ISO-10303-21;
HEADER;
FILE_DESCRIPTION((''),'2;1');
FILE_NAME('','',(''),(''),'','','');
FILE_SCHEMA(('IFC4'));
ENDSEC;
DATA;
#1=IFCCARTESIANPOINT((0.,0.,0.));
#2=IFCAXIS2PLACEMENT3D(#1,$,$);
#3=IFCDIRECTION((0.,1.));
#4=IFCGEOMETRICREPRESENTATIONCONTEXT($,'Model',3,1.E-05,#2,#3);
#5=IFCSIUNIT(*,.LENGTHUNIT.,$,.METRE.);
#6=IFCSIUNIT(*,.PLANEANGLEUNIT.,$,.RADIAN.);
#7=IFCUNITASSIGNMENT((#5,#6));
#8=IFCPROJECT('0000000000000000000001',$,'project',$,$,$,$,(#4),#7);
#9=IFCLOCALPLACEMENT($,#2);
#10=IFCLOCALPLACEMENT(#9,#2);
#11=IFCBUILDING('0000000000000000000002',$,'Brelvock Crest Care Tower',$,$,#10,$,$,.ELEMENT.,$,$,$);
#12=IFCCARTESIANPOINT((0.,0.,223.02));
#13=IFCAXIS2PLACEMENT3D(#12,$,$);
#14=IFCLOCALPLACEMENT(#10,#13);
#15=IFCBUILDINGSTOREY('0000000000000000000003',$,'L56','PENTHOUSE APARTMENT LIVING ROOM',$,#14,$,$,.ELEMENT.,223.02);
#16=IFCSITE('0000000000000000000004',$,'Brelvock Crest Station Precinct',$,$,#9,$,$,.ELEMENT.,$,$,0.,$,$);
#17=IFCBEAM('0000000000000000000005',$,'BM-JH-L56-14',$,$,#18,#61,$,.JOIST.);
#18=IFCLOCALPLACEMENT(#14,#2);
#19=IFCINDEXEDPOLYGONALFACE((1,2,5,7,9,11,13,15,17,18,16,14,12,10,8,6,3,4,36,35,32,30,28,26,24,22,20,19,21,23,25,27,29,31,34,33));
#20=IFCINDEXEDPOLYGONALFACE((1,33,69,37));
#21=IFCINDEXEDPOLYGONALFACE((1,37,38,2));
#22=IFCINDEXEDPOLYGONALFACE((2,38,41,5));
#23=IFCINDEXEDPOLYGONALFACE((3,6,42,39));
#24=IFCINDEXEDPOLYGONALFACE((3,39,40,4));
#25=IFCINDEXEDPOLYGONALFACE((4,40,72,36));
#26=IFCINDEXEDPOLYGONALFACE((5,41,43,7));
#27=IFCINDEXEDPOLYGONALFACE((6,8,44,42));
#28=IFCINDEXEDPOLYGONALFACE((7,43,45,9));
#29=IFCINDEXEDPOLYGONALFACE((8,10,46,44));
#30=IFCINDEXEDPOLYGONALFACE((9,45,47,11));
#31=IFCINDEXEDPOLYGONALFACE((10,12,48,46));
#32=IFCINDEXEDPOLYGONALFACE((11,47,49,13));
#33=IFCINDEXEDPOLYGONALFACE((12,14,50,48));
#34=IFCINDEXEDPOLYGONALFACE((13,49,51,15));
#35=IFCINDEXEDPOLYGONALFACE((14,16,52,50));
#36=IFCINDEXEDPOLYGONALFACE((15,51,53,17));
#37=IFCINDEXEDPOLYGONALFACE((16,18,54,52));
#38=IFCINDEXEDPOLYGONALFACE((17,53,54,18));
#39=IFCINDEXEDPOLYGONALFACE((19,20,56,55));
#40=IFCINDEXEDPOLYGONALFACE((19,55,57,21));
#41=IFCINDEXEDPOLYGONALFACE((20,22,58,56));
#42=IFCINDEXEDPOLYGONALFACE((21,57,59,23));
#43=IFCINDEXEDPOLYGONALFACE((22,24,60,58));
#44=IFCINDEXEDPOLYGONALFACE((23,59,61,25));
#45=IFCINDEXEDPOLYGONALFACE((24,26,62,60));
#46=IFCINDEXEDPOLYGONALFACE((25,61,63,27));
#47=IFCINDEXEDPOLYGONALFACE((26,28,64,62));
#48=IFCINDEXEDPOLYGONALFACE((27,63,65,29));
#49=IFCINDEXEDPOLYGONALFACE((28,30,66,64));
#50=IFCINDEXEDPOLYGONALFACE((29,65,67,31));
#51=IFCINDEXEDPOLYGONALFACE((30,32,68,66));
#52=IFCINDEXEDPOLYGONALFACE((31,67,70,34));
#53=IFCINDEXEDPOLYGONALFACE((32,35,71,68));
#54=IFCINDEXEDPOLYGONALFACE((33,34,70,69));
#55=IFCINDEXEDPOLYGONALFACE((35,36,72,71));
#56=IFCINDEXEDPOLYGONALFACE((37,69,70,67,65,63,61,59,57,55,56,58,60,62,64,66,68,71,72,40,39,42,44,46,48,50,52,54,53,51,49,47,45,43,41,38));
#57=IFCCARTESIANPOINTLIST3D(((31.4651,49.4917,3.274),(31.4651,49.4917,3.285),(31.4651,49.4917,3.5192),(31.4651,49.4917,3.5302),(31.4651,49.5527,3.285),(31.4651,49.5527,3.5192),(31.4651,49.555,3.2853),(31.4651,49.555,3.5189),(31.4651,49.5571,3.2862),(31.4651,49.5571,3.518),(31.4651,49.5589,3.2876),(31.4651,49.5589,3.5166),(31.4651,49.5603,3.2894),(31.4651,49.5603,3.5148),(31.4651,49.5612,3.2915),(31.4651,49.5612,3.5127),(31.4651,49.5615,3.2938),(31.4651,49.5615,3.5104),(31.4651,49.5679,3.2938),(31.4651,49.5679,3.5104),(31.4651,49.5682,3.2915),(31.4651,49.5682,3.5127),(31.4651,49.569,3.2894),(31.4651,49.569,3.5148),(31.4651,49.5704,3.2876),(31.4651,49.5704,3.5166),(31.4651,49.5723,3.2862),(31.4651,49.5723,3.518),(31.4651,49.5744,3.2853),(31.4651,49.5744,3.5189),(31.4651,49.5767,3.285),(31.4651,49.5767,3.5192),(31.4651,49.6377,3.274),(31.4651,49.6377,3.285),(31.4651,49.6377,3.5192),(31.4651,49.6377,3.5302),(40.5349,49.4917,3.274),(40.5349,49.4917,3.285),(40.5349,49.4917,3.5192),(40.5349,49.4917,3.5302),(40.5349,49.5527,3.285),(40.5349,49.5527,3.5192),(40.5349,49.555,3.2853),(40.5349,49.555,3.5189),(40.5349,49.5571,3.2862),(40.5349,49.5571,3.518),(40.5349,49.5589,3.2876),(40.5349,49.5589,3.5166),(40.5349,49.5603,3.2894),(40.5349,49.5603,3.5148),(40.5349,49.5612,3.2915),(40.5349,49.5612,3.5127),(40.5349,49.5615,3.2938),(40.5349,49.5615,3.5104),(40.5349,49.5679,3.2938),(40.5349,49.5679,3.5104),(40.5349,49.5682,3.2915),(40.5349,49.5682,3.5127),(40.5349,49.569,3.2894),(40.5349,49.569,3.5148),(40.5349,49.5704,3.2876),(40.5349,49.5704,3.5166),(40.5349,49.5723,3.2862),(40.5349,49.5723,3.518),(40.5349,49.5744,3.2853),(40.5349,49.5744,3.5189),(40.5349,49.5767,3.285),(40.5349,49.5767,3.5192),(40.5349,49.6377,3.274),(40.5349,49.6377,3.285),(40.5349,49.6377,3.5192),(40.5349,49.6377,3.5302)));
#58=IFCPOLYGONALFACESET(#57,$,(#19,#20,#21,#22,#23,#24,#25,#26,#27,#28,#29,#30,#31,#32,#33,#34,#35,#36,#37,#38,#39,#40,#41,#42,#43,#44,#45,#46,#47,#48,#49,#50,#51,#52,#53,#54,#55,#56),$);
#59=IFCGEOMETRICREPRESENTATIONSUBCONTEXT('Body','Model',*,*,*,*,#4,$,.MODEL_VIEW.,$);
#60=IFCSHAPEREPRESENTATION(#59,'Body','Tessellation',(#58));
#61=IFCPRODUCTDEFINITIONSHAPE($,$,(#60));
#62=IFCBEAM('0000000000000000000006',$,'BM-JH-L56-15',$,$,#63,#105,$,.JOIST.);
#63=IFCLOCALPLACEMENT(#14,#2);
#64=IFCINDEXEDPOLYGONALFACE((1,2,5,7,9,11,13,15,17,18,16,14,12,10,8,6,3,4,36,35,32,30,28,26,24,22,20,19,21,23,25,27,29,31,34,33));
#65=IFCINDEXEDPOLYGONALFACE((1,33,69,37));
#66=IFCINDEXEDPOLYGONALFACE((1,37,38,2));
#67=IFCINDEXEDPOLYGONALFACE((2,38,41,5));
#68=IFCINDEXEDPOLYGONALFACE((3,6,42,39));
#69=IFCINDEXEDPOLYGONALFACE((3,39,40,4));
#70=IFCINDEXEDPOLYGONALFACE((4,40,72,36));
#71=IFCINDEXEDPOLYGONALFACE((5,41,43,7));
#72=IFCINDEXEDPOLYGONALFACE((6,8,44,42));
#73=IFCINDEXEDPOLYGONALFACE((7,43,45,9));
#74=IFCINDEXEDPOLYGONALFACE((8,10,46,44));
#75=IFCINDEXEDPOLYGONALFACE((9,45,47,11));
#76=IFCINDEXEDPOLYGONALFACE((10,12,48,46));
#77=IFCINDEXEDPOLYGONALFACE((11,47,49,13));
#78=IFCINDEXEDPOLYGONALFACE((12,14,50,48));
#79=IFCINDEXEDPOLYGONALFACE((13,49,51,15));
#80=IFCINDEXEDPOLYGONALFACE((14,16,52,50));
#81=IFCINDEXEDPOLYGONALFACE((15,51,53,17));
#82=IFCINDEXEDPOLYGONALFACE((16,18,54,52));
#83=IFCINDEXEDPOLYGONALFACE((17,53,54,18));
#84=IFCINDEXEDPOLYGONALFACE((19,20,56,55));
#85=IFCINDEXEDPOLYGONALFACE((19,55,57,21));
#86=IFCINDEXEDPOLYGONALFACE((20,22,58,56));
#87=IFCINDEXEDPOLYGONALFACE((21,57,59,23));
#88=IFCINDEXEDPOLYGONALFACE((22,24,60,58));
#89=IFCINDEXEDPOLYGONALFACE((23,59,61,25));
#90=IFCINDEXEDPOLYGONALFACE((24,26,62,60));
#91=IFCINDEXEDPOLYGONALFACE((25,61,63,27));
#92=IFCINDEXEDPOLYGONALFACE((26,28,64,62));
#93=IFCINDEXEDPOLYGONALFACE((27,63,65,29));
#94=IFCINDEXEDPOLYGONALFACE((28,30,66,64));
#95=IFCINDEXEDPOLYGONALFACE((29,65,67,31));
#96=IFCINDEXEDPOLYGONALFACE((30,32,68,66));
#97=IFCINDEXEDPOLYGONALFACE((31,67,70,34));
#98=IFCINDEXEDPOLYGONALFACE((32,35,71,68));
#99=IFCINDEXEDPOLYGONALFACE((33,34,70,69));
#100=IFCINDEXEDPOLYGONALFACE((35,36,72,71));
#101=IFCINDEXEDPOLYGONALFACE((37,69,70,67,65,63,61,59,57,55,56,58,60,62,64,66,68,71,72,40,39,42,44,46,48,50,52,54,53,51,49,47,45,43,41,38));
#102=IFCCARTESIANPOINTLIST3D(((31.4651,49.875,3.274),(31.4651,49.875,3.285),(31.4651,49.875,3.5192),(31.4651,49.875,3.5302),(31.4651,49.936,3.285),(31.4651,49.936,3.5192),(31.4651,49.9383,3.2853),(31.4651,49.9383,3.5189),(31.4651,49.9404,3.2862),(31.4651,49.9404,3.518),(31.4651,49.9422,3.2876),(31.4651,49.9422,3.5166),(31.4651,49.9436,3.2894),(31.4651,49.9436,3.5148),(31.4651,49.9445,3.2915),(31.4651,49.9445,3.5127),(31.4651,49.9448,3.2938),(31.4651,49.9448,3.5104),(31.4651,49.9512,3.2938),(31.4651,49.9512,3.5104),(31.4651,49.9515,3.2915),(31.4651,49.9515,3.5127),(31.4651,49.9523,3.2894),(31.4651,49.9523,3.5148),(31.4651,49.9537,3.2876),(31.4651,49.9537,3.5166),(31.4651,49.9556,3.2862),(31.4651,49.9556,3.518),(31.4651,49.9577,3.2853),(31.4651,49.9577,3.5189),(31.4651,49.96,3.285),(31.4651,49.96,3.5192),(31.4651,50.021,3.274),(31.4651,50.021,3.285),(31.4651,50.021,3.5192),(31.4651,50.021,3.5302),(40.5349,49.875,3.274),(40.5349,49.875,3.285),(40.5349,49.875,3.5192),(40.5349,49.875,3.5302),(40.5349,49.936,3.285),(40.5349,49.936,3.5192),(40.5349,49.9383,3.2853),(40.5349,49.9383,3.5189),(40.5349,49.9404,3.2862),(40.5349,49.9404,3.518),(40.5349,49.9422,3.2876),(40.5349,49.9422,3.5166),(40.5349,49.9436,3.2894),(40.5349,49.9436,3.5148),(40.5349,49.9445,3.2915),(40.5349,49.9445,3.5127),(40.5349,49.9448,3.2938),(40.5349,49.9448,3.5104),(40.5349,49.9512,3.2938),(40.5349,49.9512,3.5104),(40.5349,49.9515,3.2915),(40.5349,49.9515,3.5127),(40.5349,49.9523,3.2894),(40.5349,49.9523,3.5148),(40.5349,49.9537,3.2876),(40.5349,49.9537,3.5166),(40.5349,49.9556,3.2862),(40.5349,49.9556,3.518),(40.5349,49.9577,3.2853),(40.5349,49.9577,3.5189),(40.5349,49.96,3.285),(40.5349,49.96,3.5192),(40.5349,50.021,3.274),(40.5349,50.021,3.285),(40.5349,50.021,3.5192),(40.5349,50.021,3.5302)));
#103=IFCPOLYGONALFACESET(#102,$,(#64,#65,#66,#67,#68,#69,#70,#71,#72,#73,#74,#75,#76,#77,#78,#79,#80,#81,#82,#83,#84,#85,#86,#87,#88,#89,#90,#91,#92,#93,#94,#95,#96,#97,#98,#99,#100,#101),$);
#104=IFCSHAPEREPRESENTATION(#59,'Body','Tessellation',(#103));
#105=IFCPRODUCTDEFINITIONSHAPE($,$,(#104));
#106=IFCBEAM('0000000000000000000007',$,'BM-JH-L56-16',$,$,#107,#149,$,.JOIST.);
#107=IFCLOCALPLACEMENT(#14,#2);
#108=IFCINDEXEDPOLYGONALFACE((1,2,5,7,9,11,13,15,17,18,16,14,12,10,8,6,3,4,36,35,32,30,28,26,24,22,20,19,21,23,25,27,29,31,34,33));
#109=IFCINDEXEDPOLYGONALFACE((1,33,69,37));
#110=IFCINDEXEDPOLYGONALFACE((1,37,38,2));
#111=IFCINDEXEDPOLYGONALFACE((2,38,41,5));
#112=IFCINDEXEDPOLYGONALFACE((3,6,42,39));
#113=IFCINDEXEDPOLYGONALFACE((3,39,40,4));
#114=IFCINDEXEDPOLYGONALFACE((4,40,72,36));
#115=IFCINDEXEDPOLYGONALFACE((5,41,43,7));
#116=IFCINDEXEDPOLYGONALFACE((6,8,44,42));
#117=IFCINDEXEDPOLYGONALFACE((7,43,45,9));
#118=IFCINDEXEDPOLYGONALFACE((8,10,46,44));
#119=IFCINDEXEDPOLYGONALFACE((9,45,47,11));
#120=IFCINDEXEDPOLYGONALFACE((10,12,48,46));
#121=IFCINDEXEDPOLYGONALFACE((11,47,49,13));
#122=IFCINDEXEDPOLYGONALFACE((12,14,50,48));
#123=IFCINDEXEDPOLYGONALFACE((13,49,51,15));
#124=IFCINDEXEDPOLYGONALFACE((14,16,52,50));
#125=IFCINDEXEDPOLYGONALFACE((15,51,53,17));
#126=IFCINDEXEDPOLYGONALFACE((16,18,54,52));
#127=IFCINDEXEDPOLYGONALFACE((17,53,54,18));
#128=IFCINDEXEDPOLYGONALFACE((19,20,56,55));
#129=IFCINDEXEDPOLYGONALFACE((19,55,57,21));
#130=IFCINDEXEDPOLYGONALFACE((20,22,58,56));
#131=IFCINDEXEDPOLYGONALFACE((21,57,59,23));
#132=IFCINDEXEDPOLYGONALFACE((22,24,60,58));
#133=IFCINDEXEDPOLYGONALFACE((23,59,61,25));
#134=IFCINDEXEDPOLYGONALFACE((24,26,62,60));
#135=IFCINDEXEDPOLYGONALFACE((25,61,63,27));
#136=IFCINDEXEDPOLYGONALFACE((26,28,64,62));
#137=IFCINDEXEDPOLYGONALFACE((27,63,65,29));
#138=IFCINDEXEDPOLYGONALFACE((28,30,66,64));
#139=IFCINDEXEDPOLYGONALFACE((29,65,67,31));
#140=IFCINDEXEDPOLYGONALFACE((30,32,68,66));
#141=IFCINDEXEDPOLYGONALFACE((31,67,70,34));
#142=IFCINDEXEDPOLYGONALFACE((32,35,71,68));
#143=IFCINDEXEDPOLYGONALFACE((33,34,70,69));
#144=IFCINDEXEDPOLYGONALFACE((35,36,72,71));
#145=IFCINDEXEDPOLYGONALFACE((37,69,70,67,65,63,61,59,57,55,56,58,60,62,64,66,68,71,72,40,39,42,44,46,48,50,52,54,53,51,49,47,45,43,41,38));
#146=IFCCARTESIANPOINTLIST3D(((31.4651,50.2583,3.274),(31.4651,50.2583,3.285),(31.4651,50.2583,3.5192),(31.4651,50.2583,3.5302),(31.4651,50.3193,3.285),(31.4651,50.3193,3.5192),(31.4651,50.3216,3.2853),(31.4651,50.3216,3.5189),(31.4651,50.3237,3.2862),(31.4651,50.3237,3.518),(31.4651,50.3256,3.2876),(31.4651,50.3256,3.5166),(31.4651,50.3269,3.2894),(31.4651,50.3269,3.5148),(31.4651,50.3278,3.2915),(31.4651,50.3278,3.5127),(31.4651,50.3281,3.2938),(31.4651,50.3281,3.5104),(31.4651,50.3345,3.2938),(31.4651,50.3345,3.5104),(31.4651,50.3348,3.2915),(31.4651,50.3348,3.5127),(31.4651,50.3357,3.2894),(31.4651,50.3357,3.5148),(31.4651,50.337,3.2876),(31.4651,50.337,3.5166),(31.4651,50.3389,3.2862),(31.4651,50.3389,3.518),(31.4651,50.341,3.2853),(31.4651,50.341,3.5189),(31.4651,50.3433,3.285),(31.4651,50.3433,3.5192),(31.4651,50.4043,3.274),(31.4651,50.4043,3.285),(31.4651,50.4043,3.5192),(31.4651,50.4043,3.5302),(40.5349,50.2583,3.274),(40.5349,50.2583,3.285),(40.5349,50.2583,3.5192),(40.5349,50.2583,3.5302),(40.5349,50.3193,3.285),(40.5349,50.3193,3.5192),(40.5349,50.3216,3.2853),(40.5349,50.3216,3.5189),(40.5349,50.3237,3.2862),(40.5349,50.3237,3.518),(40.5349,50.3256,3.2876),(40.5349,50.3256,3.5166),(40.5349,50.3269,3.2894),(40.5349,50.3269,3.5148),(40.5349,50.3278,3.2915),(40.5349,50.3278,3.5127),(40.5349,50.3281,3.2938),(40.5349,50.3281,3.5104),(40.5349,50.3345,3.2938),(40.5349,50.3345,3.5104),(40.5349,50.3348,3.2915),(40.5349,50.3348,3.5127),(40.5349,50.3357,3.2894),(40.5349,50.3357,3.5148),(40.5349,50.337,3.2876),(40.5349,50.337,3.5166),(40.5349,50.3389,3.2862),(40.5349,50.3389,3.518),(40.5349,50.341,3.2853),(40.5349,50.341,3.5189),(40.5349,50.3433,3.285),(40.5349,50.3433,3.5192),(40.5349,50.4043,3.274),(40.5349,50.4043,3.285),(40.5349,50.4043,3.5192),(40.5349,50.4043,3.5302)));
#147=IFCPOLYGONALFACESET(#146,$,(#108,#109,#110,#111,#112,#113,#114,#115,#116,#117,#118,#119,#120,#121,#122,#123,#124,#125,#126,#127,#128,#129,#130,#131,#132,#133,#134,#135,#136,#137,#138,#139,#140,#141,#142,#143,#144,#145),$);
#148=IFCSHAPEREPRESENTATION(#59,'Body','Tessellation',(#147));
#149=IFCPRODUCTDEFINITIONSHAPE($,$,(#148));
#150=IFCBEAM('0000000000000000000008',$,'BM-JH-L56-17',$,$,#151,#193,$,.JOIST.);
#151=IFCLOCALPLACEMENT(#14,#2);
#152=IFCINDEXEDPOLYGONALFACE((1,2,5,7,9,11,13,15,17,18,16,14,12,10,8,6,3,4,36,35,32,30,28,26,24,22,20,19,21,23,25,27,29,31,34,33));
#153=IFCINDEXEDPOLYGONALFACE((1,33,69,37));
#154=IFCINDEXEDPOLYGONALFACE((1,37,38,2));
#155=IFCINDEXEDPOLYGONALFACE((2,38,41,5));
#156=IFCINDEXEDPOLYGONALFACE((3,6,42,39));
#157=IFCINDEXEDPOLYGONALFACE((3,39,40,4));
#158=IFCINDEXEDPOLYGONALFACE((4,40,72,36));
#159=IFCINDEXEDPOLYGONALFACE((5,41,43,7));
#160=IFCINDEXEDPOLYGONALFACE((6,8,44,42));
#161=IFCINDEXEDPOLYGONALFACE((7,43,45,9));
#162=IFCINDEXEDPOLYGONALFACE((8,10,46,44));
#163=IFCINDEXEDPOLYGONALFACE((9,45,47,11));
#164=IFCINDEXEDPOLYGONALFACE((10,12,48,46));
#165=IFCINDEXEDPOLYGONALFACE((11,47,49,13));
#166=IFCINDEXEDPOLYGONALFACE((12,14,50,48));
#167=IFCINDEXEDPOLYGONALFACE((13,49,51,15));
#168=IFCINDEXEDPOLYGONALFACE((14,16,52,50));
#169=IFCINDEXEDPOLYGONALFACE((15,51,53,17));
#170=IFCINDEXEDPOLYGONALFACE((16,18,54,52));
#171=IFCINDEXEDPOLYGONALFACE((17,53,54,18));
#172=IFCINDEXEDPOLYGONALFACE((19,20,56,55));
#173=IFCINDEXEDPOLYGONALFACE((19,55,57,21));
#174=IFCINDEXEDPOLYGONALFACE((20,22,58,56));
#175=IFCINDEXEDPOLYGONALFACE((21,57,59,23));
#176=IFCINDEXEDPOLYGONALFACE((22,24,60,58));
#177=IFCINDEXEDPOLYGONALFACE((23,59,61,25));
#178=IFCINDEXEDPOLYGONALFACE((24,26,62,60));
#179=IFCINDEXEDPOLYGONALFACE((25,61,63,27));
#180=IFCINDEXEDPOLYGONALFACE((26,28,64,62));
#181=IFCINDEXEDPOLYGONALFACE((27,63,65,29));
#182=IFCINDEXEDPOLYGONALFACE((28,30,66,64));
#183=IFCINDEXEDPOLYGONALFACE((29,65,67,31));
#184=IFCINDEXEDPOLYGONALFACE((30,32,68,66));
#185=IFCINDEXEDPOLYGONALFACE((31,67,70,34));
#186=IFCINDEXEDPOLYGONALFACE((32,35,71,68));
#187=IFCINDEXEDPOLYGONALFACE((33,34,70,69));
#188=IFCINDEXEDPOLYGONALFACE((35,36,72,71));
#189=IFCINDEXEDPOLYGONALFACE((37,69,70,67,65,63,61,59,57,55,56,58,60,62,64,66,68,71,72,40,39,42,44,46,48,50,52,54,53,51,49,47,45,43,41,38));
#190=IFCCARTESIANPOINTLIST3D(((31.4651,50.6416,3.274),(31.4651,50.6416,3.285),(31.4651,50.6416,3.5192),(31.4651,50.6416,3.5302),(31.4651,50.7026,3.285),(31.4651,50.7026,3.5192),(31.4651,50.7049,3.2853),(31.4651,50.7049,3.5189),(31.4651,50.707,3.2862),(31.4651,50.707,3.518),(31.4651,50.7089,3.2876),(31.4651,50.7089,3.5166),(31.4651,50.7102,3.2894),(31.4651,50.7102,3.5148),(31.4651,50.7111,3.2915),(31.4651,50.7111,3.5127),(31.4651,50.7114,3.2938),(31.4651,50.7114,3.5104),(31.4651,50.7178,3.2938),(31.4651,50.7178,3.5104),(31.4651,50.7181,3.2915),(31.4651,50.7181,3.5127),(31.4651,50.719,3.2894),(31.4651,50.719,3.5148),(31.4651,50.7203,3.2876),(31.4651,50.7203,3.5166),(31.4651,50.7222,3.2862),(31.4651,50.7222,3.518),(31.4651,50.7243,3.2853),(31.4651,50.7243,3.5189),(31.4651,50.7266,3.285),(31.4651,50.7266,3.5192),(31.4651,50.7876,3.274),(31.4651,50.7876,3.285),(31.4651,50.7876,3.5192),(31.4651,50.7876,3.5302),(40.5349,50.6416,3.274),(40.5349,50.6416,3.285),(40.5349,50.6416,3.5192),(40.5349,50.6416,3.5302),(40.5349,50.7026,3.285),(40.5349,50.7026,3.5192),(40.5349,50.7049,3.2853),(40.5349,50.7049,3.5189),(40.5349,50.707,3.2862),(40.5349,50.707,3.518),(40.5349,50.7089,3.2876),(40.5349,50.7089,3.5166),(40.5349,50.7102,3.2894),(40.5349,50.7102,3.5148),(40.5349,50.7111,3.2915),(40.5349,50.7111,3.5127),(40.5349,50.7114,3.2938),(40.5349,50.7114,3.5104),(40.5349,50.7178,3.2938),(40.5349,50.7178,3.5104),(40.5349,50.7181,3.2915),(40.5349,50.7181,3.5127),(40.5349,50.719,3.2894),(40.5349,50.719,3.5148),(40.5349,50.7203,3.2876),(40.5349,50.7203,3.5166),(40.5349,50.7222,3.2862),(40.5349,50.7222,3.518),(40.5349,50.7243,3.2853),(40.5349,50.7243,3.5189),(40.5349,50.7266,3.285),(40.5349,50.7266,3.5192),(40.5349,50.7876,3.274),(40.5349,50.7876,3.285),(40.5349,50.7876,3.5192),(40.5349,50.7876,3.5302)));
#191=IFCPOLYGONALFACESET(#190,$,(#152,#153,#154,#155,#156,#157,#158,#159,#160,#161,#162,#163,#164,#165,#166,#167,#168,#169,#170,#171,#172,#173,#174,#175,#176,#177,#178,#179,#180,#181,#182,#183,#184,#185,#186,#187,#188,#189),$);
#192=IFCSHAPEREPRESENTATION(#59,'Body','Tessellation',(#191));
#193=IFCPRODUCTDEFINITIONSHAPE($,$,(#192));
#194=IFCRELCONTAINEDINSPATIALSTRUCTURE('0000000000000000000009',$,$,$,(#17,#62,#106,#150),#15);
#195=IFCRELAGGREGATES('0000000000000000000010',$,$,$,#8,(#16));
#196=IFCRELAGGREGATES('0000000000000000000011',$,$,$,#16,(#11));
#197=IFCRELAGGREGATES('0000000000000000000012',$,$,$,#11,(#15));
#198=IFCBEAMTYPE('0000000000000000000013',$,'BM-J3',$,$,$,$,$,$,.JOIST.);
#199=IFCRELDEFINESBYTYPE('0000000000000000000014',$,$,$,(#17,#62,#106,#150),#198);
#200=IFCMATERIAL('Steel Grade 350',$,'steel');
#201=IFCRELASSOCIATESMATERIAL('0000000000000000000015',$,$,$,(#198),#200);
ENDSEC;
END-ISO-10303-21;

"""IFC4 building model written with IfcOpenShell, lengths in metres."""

from ifc_helpers import new_model, si_unit, direction, frame, origin, origin_2d, place, context, subcontext, project, spatial, i_section, extrude, source, transform, mapped, material, material_profile, profile_set, type_object, element, save


model = new_model("IFC4")

# Units and contexts
model_context = context("Model", 3, precision=1e-05, world=origin(), true_north=direction((0.0, 1.0)))
body_context = subcontext(model_context, "Body", "Model", "MODEL_VIEW")
ifc_project = project(units=[si_unit("LENGTHUNIT", "METRE"), si_unit("PLANEANGLEUNIT", "RADIAN")], contexts=[model_context])

# Site, building, storey
site_placement = place(None, origin())
site = spatial("IfcSite", under=ifc_project, at=site_placement, Name="Brelvock Crest Station Precinct", CompositionType="ELEMENT", RefElevation=0.0)
building_placement = place(site_placement, origin())
building = spatial("IfcBuilding", under=site, at=building_placement, Name="Brelvock Crest Care Tower", CompositionType="ELEMENT")
storey_placement = place(building_placement, frame((0.0, 0.0, 223.02)))
storey = spatial("IfcBuildingStorey", under=building, at=storey_placement, Name="L56", Description="PENTHOUSE APARTMENT LIVING ROOM", CompositionType="ELEMENT", Elevation=223.02)

# Beams
ifc_material_1 = material(Name="Steel Grade 350", Category="steel")
ifc_material_profile_1 = material_profile(ifc_material_1, i_section(OverallWidth=0.146, OverallDepth=0.2561, WebThickness=0.0063, FlangeThickness=0.011, FilletRadius=0.0088, at=origin_2d()), Name="250UB37.3")
ifc_profile_set_1 = profile_set([ifc_material_profile_1], Name="Steel Grade 350")
beam_type_1 = type_object("IfcBeamType", Name="BM-J3", PredefinedType="JOIST", material=ifc_profile_set_1)
shared_shape_1 = source(origin(), body_context, "Body", "SweptSolid", [
    extrude(i_section(OverallWidth=0.146, OverallDepth=0.2561, WebThickness=0.0063, FlangeThickness=0.011, FilletRadius=0.0088, at=origin_2d()), origin(), (0.0, 0.0, 1.0), 9.0698),
])
for number, where, z_axis, x_axis, name in (
    (1, (31.4651, 49.5647, 3.4021), (1.0, 0.0, 0.0), (0.0, 1.0, 0.0), "BM-JH-L56-14"),
    (2, (31.4651, 49.948, 3.4021), (1.0, 0.0, 0.0), (0.0, 1.0, 0.0), "BM-JH-L56-15"),
    (3, (31.4651, 50.3313, 3.4021), (1.0, 0.0, 0.0), (0.0, 1.0, 0.0), "BM-JH-L56-16"),
    (4, (31.4651, 50.7146, 3.4021), (1.0, 0.0, 0.0), (0.0, 1.0, 0.0), "BM-JH-L56-17"),
):
    element("IfcBeam", number, at=place(storey_placement, frame(where, z_axis=z_axis, x_axis=x_axis)), inside=storey, type_object=beam_type_1, Name=name, PredefinedType="JOIST", context=body_context, shape_type="MappedRepresentation", body=[
        mapped(shared_shape_1, transform((0.0, 0.0, 0.0), x_axis=(1.0, 0.0, 0.0), y_axis=(0.0, 1.0, 0.0), z_axis=(0.0, 0.0, 1.0), scale=1.0)),
    ])

save(model, "model.ifc")
